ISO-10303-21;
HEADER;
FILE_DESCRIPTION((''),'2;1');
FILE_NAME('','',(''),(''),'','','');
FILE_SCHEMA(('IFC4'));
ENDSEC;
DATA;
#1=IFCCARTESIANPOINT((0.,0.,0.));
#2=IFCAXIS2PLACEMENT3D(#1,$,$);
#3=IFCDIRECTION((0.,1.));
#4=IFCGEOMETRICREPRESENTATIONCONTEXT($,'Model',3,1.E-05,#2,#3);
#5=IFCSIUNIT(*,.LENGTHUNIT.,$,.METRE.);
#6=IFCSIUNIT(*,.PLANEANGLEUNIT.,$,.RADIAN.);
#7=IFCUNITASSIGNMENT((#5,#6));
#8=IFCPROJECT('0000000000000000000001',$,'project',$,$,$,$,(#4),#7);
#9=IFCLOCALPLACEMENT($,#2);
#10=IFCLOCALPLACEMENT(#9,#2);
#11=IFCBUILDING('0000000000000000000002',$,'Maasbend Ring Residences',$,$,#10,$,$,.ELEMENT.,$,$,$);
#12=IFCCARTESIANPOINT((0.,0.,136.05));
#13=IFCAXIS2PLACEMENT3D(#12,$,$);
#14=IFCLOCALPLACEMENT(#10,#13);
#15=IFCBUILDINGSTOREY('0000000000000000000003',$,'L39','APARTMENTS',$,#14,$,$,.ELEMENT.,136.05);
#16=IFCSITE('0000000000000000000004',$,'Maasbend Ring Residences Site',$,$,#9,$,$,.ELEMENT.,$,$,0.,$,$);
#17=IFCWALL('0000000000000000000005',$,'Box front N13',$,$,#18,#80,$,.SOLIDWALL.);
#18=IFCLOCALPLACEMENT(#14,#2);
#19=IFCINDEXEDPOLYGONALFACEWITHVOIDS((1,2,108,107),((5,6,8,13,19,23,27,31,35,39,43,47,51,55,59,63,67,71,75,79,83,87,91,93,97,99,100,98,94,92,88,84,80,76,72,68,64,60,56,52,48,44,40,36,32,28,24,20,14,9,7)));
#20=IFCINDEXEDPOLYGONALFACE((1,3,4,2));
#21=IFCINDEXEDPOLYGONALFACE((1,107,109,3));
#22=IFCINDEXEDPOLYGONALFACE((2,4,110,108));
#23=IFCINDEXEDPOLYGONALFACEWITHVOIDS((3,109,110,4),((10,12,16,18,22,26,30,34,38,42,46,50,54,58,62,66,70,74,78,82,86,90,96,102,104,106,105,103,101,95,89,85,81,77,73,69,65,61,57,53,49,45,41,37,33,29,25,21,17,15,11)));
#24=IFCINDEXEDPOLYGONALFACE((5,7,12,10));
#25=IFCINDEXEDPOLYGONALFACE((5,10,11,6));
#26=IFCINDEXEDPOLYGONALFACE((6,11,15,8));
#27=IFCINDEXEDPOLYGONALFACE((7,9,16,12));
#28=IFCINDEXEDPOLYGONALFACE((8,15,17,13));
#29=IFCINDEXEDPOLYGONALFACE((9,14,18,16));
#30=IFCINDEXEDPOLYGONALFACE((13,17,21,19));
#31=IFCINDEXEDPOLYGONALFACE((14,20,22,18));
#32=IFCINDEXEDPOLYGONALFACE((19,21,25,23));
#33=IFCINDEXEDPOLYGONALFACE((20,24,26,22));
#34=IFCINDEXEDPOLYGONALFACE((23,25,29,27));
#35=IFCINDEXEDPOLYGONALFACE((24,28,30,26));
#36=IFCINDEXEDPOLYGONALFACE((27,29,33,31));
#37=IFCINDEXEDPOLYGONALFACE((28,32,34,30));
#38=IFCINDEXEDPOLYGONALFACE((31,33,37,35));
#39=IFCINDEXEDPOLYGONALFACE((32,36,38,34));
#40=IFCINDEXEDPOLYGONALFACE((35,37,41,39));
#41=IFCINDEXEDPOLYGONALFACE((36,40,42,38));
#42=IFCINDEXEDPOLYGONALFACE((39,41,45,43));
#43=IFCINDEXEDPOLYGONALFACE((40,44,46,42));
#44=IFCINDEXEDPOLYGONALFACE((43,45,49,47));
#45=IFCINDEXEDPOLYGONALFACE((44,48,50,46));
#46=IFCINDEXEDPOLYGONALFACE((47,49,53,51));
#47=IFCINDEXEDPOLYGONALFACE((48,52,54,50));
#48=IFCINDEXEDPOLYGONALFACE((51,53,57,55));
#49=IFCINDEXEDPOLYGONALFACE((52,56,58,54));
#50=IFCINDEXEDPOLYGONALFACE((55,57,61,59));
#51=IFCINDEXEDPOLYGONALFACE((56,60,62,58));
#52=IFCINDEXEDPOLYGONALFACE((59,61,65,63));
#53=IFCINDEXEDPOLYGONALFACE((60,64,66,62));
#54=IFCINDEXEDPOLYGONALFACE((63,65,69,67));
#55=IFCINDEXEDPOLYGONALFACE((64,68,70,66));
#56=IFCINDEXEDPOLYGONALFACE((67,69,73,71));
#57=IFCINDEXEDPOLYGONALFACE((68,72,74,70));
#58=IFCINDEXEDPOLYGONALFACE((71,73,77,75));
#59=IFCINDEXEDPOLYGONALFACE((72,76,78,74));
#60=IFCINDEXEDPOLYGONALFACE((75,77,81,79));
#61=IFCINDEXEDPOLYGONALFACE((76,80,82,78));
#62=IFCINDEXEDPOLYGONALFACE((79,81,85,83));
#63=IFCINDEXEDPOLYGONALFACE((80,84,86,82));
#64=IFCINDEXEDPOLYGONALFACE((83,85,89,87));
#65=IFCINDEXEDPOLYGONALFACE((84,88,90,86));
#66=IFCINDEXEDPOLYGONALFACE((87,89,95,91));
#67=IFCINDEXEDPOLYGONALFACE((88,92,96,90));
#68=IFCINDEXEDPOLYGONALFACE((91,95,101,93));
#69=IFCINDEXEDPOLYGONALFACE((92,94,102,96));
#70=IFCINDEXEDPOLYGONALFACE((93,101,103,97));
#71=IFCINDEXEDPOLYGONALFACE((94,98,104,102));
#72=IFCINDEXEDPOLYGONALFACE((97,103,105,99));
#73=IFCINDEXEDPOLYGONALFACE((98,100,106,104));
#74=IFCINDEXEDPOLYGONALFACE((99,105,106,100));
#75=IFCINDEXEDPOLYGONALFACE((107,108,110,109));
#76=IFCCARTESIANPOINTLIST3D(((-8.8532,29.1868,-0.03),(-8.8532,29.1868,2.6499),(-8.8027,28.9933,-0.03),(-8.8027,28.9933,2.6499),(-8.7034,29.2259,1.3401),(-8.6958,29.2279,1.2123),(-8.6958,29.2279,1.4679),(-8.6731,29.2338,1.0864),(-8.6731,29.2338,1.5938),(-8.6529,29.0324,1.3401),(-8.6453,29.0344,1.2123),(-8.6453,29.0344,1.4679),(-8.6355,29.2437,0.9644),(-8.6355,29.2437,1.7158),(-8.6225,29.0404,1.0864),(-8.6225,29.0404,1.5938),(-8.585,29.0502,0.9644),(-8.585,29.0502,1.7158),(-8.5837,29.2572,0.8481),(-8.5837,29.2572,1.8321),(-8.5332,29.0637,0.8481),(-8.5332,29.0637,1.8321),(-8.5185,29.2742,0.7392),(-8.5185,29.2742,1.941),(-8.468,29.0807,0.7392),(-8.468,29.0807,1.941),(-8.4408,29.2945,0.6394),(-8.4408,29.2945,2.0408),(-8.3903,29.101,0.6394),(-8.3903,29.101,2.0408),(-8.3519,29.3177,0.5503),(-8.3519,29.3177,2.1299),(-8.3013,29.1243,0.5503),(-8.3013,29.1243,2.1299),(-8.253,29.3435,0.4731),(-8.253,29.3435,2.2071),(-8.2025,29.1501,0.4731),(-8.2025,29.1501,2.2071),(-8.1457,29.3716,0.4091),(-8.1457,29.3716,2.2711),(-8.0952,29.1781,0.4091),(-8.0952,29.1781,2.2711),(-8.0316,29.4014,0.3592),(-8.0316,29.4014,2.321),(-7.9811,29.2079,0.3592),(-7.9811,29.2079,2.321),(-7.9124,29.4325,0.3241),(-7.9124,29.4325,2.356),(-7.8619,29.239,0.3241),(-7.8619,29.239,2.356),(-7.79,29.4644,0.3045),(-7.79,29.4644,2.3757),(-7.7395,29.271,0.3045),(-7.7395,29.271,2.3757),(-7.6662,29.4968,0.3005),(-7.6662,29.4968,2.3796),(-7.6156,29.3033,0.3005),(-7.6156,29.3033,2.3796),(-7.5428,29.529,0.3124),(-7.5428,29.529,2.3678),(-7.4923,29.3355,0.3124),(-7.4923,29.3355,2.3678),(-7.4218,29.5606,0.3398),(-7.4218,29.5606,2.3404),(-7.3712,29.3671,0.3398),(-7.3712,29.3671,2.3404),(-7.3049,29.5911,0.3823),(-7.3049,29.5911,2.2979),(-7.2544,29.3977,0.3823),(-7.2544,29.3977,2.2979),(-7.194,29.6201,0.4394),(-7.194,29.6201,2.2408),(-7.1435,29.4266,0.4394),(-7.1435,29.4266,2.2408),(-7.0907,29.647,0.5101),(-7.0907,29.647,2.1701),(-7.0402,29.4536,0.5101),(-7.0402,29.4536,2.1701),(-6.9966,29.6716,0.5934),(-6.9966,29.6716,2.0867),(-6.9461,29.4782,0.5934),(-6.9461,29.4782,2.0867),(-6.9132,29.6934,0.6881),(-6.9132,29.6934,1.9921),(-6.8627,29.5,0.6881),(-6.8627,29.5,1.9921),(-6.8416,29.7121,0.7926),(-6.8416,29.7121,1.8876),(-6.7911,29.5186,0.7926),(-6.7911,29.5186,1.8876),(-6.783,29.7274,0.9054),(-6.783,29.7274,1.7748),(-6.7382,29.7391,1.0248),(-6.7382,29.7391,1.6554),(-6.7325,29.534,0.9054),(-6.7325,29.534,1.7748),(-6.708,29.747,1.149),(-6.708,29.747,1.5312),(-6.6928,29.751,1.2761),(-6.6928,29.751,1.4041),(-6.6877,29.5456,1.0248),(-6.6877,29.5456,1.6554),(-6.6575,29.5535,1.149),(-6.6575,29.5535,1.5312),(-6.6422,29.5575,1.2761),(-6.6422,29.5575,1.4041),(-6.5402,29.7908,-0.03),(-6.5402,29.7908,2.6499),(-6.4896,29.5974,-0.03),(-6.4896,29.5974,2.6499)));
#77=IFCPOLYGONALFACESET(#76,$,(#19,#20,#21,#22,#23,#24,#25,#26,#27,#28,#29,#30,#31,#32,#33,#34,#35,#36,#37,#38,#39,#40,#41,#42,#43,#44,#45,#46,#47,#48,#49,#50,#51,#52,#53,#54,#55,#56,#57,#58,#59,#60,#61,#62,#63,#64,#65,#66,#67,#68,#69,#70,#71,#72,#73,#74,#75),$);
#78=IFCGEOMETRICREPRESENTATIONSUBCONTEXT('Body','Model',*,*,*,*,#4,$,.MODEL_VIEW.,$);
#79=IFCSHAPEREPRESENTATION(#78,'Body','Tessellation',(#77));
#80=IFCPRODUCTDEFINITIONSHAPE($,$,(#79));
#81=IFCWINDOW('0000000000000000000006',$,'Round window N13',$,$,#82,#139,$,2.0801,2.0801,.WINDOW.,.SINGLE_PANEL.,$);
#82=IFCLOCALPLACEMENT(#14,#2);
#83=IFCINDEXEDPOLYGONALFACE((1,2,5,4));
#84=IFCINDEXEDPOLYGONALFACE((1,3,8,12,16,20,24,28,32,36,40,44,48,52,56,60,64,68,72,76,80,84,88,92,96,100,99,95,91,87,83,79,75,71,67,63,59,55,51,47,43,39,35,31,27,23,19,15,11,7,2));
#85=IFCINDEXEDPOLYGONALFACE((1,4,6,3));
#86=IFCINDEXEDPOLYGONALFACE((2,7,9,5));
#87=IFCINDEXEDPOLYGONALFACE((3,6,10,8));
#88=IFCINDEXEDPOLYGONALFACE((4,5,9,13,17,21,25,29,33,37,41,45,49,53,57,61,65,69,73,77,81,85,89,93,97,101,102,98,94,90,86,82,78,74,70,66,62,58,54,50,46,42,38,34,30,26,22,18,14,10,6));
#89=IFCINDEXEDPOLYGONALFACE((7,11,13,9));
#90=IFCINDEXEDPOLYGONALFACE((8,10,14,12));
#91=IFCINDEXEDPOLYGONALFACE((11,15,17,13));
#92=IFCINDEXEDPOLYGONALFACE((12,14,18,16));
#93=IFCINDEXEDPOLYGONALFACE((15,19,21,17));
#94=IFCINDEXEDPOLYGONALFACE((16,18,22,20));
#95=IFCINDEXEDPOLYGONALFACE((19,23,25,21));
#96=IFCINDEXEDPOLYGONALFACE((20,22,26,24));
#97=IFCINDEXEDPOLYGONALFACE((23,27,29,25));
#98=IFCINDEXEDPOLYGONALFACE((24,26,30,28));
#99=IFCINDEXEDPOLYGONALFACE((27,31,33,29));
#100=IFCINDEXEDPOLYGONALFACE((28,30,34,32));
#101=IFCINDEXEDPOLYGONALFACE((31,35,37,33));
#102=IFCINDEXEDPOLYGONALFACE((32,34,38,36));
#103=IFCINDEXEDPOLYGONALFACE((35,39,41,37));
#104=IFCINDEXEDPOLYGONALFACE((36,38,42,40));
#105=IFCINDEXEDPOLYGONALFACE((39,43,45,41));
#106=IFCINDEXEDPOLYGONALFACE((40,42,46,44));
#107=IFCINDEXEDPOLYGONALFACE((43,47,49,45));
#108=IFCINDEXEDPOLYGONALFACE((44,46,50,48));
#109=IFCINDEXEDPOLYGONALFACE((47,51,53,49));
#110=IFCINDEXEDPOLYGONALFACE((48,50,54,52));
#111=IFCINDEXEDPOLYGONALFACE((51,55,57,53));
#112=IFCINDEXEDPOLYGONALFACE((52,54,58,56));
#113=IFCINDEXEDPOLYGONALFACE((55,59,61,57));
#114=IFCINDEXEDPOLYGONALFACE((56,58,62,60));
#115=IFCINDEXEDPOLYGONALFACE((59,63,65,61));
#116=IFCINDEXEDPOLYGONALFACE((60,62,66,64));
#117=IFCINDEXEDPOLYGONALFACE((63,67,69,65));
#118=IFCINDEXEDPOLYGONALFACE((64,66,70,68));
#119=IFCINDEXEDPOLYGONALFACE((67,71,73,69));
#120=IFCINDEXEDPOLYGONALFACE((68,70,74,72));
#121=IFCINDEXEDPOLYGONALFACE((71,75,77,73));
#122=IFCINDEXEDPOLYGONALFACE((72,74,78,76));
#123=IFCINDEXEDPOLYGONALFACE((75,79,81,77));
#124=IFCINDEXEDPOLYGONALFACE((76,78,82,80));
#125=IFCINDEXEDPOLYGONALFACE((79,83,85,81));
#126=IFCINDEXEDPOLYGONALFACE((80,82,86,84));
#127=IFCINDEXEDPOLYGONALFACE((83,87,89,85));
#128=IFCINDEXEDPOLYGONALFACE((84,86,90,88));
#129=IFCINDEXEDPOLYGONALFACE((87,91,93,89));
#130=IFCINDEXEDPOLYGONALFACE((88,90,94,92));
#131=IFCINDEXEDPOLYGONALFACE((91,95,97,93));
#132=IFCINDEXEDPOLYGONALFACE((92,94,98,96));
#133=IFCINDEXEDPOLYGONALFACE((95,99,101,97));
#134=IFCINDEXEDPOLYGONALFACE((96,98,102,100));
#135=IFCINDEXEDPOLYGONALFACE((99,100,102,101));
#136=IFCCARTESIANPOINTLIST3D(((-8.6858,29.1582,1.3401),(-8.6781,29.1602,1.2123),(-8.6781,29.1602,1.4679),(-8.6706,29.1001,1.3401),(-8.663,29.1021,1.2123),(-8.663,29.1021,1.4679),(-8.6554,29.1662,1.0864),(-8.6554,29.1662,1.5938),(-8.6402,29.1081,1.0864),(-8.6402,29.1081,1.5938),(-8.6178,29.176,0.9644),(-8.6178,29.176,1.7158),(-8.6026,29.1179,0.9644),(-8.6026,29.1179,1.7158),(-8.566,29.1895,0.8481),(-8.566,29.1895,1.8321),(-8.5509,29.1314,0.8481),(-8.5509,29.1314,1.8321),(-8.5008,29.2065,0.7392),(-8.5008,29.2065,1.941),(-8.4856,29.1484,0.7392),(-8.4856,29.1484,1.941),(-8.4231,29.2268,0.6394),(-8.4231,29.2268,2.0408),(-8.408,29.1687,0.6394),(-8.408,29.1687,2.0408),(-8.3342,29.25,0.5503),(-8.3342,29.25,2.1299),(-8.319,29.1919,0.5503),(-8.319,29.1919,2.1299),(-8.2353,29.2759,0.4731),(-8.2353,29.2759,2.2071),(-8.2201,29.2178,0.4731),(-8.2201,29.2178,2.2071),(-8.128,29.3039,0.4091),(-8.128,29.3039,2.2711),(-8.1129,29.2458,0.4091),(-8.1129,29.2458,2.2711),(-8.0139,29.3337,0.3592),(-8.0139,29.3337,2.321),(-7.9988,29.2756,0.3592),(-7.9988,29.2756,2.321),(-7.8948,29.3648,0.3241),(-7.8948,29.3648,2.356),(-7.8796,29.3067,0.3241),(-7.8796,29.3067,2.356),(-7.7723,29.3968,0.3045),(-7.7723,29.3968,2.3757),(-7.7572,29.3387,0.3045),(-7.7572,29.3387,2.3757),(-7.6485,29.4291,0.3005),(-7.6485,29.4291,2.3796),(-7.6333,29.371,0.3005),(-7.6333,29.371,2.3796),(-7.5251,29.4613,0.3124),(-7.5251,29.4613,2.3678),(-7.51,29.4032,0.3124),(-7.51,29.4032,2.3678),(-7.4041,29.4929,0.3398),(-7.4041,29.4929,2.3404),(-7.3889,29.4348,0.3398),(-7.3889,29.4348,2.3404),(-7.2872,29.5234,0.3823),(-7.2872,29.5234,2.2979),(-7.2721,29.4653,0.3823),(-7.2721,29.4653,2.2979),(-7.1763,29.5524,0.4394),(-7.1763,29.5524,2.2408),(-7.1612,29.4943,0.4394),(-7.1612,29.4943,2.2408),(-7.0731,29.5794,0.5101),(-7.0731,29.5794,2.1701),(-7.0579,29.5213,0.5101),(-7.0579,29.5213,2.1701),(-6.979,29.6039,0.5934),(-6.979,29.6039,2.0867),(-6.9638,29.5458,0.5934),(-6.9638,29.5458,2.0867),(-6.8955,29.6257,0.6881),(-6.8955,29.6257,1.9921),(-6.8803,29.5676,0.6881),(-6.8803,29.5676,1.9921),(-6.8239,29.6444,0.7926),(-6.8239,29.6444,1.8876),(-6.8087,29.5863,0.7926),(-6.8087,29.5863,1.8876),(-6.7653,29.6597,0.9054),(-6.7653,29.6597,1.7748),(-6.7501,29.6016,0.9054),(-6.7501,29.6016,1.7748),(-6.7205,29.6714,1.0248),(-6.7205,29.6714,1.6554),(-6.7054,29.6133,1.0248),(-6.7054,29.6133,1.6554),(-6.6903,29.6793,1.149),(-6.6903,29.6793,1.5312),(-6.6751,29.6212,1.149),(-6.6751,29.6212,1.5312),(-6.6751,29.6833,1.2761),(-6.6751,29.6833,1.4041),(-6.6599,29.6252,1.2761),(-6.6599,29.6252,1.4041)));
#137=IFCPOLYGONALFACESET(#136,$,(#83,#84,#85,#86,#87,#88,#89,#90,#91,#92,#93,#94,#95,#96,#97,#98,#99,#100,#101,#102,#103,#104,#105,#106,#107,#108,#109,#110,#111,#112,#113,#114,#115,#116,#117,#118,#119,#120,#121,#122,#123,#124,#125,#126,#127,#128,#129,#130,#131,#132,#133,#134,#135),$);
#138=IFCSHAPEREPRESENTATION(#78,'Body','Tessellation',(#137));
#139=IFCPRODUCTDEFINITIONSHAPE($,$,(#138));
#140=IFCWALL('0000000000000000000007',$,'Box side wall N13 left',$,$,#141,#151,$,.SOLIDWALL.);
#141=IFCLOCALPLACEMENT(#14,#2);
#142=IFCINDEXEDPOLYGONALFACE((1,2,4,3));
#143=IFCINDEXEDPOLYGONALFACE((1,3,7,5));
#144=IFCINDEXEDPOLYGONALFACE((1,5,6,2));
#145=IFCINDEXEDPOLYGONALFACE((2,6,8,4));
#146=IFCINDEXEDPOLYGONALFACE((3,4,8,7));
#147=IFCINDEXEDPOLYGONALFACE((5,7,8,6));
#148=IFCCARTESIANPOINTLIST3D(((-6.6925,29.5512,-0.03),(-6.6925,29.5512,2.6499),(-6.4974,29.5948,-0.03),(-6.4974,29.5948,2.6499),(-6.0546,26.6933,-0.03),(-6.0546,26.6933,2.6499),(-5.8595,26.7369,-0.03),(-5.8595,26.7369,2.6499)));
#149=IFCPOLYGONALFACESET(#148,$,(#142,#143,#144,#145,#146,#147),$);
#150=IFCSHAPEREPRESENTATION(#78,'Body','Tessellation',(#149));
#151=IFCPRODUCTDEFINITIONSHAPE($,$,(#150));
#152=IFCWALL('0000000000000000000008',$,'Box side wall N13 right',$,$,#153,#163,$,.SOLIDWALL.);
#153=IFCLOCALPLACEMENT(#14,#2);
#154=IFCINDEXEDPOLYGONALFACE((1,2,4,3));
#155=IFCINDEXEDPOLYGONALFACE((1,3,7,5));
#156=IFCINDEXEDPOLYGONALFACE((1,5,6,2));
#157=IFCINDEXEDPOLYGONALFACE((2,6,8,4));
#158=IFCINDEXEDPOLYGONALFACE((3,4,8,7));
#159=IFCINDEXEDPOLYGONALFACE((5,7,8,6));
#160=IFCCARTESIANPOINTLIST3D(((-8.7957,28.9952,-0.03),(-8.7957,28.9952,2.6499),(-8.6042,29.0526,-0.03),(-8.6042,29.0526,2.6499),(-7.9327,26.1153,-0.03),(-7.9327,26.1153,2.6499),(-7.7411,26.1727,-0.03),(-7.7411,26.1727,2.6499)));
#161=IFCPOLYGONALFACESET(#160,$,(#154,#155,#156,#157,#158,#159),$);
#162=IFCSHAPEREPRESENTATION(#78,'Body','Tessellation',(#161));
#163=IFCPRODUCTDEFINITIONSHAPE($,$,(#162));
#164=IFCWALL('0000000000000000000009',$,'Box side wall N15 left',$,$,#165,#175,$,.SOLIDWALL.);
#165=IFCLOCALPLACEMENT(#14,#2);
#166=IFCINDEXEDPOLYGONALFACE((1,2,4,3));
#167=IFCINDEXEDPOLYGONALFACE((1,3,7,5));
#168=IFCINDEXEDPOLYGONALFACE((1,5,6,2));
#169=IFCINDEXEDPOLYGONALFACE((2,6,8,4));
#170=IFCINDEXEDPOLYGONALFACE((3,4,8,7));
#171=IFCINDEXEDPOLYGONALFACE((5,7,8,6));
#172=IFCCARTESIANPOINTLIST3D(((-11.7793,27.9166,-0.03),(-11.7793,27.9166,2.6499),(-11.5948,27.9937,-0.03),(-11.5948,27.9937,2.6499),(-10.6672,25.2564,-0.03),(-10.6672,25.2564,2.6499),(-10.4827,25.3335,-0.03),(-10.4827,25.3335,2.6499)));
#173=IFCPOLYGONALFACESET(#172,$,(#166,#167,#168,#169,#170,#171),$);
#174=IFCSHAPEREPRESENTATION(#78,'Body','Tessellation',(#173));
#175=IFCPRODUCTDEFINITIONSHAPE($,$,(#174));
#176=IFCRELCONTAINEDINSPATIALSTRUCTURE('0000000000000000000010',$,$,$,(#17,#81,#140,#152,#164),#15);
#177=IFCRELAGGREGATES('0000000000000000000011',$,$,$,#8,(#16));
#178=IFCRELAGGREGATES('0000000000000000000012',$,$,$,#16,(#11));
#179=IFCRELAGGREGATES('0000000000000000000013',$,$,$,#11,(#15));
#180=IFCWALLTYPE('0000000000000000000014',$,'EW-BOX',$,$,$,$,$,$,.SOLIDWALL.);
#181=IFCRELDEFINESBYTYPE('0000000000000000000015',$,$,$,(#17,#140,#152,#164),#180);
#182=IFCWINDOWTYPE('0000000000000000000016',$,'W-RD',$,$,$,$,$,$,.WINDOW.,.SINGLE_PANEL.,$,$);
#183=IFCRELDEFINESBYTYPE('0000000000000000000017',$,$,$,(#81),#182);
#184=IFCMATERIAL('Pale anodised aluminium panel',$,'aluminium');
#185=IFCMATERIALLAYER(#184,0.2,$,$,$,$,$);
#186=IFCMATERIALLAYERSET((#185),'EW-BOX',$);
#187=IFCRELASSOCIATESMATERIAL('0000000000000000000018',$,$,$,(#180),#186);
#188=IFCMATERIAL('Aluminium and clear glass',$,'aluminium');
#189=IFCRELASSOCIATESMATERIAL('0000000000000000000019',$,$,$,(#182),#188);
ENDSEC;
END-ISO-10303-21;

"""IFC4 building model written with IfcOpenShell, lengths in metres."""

from ifc_helpers import new_model, si_unit, direction, frame, frame_2d, origin, place, context, subcontext, project, spatial, rectangle, circle, extrude, material, layer, layer_set, type_object, element, fill, save


model = new_model("IFC4")

# Units and contexts
model_context = context("Model", 3, precision=1e-05, world=origin(), true_north=direction((0.0, 1.0)))
body_context = subcontext(model_context, "Body", "Model", "MODEL_VIEW")
ifc_project = project(units=[si_unit("LENGTHUNIT", "METRE"), si_unit("PLANEANGLEUNIT", "RADIAN")], contexts=[model_context])

# Site, building, storey
site_placement = place(None, origin())
site = spatial("IfcSite", under=ifc_project, at=site_placement, Name="Maasbend Ring Residences Site", CompositionType="ELEMENT", RefElevation=0.0)
building_placement = place(site_placement, origin())
building = spatial("IfcBuilding", under=site, at=building_placement, Name="Maasbend Ring Residences", CompositionType="ELEMENT")
storey_placement = place(building_placement, frame((0.0, 0.0, 136.05)))
storey = spatial("IfcBuildingStorey", under=building, at=storey_placement, Name="L39", Description="APARTMENTS", CompositionType="ELEMENT", Elevation=136.05)

# Shared definitions
ifc_material_1 = material(Name="Pale anodised aluminium panel", Category="aluminium")
ifc_layer_1 = layer(ifc_material_1, 0.2)
ifc_layer_set_1 = layer_set([ifc_layer_1], Name="EW-BOX")
wall_type_1 = type_object("IfcWallType", Name="EW-BOX", PredefinedType="SOLIDWALL", material=ifc_layer_set_1)

# Wall, opening, window
wall_1_placement = place(storey_placement, frame((-6.5149, 29.6941, -0.03), z_axis=(0.0, 0.0, 1.0), x_axis=(-0.967554, -0.252663, 0.0)))
wall_1 = element("IfcWall", 1, at=wall_1_placement, inside=storey, type_object=wall_type_1, Name="Box front N13", PredefinedType="SOLIDWALL", context=body_context, shape_type="SweptSolid", body=[
    extrude(rectangle(XDim=2.3906, YDim=0.2, at=frame_2d((1.1953, 0.0))), origin(), (0.0, 0.0, 1.0), 2.6799),
])
opening_1_placement = place(wall_1_placement, frame((0.1558, 0.0, 0.3301)))
opening_1 = element("IfcOpeningElement", 2, at=opening_1_placement, cuts=wall_1, PredefinedType="OPENING", context=body_context, shape_type="SweptSolid", body=[
    extrude(circle(Radius=1.04, at=frame_2d((1.04, 1.04))), frame((0.0, 0.1099, 0.0), z_axis=(0.0, -1.0, 0.0), x_axis=(1.0, 0.0, 0.0)), (0.0, 0.0, 1.0), 0.22),
])
ifc_material_2 = material(Name="Aluminium and clear glass", Category="aluminium")
window_type_1 = type_object("IfcWindowType", Name="W-RD", PartitioningType="SINGLE_PANEL", PredefinedType="WINDOW", material=ifc_material_2)
window_1_placement = place(opening_1_placement, origin())
window_1 = element("IfcWindow", 3, at=window_1_placement, inside=storey, type_object=window_type_1, Name="Round window N13", OverallHeight=2.0801, OverallWidth=2.0801, PartitioningType="SINGLE_PANEL", PredefinedType="WINDOW", context=body_context, shape_type="SweptSolid", body=[
    extrude(circle(Radius=1.04, at=frame_2d((1.04, 1.04))), frame((0.0, 0.03, 0.0), z_axis=(0.0, -1.0, 0.0), x_axis=(1.0, 0.0, 0.0)), (0.0, 0.0, 1.0), 0.0601),
])
fill(opening_1, window_1)

# Walls
wall_2_placement = place(storey_placement, frame((-5.957, 26.7151, -0.03), z_axis=(0.0, 0.0, 1.0), x_axis=(-0.217857, 0.975981, 0.0)))
element("IfcWall", 4, at=wall_2_placement, inside=storey, type_object=wall_type_1, Name="Box side wall N13 left", PredefinedType="SOLIDWALL", context=body_context, shape_type="SweptSolid", body=[
    extrude(rectangle(XDim=2.9282, YDim=0.2, at=frame_2d((1.4641, 0.0))), origin(), (0.0, 0.0, 1.0), 2.6799),
])
wall_3_placement = place(storey_placement, frame((-7.8369, 26.144, -0.03), z_axis=(0.0, 0.0, 1.0), x_axis=(-0.287065, 0.957911, 0.0)))
element("IfcWall", 5, at=wall_3_placement, inside=storey, type_object=wall_type_1, Name="Box side wall N13 right", PredefinedType="SOLIDWALL", context=body_context, shape_type="SweptSolid", body=[
    extrude(rectangle(XDim=3.0063, YDim=0.2, at=frame_2d((1.5032, 0.0))), origin(), (0.0, 0.0, 1.0), 2.6799),
])
wall_4_placement = place(storey_placement, frame((-10.575, 25.2949, -0.03), z_axis=(0.0, 0.0, 1.0), x_axis=(-0.385697, 0.922625, 0.0)))
element("IfcWall", 6, at=wall_4_placement, inside=storey, type_object=wall_type_1, Name="Box side wall N15 left", PredefinedType="SOLIDWALL", context=body_context, shape_type="SweptSolid", body=[
    extrude(rectangle(XDim=2.8833, YDim=0.2, at=frame_2d((1.4417, 0.0))), origin(), (0.0, 0.0, 1.0), 2.6799),
])

save(model, "model.ifc")
